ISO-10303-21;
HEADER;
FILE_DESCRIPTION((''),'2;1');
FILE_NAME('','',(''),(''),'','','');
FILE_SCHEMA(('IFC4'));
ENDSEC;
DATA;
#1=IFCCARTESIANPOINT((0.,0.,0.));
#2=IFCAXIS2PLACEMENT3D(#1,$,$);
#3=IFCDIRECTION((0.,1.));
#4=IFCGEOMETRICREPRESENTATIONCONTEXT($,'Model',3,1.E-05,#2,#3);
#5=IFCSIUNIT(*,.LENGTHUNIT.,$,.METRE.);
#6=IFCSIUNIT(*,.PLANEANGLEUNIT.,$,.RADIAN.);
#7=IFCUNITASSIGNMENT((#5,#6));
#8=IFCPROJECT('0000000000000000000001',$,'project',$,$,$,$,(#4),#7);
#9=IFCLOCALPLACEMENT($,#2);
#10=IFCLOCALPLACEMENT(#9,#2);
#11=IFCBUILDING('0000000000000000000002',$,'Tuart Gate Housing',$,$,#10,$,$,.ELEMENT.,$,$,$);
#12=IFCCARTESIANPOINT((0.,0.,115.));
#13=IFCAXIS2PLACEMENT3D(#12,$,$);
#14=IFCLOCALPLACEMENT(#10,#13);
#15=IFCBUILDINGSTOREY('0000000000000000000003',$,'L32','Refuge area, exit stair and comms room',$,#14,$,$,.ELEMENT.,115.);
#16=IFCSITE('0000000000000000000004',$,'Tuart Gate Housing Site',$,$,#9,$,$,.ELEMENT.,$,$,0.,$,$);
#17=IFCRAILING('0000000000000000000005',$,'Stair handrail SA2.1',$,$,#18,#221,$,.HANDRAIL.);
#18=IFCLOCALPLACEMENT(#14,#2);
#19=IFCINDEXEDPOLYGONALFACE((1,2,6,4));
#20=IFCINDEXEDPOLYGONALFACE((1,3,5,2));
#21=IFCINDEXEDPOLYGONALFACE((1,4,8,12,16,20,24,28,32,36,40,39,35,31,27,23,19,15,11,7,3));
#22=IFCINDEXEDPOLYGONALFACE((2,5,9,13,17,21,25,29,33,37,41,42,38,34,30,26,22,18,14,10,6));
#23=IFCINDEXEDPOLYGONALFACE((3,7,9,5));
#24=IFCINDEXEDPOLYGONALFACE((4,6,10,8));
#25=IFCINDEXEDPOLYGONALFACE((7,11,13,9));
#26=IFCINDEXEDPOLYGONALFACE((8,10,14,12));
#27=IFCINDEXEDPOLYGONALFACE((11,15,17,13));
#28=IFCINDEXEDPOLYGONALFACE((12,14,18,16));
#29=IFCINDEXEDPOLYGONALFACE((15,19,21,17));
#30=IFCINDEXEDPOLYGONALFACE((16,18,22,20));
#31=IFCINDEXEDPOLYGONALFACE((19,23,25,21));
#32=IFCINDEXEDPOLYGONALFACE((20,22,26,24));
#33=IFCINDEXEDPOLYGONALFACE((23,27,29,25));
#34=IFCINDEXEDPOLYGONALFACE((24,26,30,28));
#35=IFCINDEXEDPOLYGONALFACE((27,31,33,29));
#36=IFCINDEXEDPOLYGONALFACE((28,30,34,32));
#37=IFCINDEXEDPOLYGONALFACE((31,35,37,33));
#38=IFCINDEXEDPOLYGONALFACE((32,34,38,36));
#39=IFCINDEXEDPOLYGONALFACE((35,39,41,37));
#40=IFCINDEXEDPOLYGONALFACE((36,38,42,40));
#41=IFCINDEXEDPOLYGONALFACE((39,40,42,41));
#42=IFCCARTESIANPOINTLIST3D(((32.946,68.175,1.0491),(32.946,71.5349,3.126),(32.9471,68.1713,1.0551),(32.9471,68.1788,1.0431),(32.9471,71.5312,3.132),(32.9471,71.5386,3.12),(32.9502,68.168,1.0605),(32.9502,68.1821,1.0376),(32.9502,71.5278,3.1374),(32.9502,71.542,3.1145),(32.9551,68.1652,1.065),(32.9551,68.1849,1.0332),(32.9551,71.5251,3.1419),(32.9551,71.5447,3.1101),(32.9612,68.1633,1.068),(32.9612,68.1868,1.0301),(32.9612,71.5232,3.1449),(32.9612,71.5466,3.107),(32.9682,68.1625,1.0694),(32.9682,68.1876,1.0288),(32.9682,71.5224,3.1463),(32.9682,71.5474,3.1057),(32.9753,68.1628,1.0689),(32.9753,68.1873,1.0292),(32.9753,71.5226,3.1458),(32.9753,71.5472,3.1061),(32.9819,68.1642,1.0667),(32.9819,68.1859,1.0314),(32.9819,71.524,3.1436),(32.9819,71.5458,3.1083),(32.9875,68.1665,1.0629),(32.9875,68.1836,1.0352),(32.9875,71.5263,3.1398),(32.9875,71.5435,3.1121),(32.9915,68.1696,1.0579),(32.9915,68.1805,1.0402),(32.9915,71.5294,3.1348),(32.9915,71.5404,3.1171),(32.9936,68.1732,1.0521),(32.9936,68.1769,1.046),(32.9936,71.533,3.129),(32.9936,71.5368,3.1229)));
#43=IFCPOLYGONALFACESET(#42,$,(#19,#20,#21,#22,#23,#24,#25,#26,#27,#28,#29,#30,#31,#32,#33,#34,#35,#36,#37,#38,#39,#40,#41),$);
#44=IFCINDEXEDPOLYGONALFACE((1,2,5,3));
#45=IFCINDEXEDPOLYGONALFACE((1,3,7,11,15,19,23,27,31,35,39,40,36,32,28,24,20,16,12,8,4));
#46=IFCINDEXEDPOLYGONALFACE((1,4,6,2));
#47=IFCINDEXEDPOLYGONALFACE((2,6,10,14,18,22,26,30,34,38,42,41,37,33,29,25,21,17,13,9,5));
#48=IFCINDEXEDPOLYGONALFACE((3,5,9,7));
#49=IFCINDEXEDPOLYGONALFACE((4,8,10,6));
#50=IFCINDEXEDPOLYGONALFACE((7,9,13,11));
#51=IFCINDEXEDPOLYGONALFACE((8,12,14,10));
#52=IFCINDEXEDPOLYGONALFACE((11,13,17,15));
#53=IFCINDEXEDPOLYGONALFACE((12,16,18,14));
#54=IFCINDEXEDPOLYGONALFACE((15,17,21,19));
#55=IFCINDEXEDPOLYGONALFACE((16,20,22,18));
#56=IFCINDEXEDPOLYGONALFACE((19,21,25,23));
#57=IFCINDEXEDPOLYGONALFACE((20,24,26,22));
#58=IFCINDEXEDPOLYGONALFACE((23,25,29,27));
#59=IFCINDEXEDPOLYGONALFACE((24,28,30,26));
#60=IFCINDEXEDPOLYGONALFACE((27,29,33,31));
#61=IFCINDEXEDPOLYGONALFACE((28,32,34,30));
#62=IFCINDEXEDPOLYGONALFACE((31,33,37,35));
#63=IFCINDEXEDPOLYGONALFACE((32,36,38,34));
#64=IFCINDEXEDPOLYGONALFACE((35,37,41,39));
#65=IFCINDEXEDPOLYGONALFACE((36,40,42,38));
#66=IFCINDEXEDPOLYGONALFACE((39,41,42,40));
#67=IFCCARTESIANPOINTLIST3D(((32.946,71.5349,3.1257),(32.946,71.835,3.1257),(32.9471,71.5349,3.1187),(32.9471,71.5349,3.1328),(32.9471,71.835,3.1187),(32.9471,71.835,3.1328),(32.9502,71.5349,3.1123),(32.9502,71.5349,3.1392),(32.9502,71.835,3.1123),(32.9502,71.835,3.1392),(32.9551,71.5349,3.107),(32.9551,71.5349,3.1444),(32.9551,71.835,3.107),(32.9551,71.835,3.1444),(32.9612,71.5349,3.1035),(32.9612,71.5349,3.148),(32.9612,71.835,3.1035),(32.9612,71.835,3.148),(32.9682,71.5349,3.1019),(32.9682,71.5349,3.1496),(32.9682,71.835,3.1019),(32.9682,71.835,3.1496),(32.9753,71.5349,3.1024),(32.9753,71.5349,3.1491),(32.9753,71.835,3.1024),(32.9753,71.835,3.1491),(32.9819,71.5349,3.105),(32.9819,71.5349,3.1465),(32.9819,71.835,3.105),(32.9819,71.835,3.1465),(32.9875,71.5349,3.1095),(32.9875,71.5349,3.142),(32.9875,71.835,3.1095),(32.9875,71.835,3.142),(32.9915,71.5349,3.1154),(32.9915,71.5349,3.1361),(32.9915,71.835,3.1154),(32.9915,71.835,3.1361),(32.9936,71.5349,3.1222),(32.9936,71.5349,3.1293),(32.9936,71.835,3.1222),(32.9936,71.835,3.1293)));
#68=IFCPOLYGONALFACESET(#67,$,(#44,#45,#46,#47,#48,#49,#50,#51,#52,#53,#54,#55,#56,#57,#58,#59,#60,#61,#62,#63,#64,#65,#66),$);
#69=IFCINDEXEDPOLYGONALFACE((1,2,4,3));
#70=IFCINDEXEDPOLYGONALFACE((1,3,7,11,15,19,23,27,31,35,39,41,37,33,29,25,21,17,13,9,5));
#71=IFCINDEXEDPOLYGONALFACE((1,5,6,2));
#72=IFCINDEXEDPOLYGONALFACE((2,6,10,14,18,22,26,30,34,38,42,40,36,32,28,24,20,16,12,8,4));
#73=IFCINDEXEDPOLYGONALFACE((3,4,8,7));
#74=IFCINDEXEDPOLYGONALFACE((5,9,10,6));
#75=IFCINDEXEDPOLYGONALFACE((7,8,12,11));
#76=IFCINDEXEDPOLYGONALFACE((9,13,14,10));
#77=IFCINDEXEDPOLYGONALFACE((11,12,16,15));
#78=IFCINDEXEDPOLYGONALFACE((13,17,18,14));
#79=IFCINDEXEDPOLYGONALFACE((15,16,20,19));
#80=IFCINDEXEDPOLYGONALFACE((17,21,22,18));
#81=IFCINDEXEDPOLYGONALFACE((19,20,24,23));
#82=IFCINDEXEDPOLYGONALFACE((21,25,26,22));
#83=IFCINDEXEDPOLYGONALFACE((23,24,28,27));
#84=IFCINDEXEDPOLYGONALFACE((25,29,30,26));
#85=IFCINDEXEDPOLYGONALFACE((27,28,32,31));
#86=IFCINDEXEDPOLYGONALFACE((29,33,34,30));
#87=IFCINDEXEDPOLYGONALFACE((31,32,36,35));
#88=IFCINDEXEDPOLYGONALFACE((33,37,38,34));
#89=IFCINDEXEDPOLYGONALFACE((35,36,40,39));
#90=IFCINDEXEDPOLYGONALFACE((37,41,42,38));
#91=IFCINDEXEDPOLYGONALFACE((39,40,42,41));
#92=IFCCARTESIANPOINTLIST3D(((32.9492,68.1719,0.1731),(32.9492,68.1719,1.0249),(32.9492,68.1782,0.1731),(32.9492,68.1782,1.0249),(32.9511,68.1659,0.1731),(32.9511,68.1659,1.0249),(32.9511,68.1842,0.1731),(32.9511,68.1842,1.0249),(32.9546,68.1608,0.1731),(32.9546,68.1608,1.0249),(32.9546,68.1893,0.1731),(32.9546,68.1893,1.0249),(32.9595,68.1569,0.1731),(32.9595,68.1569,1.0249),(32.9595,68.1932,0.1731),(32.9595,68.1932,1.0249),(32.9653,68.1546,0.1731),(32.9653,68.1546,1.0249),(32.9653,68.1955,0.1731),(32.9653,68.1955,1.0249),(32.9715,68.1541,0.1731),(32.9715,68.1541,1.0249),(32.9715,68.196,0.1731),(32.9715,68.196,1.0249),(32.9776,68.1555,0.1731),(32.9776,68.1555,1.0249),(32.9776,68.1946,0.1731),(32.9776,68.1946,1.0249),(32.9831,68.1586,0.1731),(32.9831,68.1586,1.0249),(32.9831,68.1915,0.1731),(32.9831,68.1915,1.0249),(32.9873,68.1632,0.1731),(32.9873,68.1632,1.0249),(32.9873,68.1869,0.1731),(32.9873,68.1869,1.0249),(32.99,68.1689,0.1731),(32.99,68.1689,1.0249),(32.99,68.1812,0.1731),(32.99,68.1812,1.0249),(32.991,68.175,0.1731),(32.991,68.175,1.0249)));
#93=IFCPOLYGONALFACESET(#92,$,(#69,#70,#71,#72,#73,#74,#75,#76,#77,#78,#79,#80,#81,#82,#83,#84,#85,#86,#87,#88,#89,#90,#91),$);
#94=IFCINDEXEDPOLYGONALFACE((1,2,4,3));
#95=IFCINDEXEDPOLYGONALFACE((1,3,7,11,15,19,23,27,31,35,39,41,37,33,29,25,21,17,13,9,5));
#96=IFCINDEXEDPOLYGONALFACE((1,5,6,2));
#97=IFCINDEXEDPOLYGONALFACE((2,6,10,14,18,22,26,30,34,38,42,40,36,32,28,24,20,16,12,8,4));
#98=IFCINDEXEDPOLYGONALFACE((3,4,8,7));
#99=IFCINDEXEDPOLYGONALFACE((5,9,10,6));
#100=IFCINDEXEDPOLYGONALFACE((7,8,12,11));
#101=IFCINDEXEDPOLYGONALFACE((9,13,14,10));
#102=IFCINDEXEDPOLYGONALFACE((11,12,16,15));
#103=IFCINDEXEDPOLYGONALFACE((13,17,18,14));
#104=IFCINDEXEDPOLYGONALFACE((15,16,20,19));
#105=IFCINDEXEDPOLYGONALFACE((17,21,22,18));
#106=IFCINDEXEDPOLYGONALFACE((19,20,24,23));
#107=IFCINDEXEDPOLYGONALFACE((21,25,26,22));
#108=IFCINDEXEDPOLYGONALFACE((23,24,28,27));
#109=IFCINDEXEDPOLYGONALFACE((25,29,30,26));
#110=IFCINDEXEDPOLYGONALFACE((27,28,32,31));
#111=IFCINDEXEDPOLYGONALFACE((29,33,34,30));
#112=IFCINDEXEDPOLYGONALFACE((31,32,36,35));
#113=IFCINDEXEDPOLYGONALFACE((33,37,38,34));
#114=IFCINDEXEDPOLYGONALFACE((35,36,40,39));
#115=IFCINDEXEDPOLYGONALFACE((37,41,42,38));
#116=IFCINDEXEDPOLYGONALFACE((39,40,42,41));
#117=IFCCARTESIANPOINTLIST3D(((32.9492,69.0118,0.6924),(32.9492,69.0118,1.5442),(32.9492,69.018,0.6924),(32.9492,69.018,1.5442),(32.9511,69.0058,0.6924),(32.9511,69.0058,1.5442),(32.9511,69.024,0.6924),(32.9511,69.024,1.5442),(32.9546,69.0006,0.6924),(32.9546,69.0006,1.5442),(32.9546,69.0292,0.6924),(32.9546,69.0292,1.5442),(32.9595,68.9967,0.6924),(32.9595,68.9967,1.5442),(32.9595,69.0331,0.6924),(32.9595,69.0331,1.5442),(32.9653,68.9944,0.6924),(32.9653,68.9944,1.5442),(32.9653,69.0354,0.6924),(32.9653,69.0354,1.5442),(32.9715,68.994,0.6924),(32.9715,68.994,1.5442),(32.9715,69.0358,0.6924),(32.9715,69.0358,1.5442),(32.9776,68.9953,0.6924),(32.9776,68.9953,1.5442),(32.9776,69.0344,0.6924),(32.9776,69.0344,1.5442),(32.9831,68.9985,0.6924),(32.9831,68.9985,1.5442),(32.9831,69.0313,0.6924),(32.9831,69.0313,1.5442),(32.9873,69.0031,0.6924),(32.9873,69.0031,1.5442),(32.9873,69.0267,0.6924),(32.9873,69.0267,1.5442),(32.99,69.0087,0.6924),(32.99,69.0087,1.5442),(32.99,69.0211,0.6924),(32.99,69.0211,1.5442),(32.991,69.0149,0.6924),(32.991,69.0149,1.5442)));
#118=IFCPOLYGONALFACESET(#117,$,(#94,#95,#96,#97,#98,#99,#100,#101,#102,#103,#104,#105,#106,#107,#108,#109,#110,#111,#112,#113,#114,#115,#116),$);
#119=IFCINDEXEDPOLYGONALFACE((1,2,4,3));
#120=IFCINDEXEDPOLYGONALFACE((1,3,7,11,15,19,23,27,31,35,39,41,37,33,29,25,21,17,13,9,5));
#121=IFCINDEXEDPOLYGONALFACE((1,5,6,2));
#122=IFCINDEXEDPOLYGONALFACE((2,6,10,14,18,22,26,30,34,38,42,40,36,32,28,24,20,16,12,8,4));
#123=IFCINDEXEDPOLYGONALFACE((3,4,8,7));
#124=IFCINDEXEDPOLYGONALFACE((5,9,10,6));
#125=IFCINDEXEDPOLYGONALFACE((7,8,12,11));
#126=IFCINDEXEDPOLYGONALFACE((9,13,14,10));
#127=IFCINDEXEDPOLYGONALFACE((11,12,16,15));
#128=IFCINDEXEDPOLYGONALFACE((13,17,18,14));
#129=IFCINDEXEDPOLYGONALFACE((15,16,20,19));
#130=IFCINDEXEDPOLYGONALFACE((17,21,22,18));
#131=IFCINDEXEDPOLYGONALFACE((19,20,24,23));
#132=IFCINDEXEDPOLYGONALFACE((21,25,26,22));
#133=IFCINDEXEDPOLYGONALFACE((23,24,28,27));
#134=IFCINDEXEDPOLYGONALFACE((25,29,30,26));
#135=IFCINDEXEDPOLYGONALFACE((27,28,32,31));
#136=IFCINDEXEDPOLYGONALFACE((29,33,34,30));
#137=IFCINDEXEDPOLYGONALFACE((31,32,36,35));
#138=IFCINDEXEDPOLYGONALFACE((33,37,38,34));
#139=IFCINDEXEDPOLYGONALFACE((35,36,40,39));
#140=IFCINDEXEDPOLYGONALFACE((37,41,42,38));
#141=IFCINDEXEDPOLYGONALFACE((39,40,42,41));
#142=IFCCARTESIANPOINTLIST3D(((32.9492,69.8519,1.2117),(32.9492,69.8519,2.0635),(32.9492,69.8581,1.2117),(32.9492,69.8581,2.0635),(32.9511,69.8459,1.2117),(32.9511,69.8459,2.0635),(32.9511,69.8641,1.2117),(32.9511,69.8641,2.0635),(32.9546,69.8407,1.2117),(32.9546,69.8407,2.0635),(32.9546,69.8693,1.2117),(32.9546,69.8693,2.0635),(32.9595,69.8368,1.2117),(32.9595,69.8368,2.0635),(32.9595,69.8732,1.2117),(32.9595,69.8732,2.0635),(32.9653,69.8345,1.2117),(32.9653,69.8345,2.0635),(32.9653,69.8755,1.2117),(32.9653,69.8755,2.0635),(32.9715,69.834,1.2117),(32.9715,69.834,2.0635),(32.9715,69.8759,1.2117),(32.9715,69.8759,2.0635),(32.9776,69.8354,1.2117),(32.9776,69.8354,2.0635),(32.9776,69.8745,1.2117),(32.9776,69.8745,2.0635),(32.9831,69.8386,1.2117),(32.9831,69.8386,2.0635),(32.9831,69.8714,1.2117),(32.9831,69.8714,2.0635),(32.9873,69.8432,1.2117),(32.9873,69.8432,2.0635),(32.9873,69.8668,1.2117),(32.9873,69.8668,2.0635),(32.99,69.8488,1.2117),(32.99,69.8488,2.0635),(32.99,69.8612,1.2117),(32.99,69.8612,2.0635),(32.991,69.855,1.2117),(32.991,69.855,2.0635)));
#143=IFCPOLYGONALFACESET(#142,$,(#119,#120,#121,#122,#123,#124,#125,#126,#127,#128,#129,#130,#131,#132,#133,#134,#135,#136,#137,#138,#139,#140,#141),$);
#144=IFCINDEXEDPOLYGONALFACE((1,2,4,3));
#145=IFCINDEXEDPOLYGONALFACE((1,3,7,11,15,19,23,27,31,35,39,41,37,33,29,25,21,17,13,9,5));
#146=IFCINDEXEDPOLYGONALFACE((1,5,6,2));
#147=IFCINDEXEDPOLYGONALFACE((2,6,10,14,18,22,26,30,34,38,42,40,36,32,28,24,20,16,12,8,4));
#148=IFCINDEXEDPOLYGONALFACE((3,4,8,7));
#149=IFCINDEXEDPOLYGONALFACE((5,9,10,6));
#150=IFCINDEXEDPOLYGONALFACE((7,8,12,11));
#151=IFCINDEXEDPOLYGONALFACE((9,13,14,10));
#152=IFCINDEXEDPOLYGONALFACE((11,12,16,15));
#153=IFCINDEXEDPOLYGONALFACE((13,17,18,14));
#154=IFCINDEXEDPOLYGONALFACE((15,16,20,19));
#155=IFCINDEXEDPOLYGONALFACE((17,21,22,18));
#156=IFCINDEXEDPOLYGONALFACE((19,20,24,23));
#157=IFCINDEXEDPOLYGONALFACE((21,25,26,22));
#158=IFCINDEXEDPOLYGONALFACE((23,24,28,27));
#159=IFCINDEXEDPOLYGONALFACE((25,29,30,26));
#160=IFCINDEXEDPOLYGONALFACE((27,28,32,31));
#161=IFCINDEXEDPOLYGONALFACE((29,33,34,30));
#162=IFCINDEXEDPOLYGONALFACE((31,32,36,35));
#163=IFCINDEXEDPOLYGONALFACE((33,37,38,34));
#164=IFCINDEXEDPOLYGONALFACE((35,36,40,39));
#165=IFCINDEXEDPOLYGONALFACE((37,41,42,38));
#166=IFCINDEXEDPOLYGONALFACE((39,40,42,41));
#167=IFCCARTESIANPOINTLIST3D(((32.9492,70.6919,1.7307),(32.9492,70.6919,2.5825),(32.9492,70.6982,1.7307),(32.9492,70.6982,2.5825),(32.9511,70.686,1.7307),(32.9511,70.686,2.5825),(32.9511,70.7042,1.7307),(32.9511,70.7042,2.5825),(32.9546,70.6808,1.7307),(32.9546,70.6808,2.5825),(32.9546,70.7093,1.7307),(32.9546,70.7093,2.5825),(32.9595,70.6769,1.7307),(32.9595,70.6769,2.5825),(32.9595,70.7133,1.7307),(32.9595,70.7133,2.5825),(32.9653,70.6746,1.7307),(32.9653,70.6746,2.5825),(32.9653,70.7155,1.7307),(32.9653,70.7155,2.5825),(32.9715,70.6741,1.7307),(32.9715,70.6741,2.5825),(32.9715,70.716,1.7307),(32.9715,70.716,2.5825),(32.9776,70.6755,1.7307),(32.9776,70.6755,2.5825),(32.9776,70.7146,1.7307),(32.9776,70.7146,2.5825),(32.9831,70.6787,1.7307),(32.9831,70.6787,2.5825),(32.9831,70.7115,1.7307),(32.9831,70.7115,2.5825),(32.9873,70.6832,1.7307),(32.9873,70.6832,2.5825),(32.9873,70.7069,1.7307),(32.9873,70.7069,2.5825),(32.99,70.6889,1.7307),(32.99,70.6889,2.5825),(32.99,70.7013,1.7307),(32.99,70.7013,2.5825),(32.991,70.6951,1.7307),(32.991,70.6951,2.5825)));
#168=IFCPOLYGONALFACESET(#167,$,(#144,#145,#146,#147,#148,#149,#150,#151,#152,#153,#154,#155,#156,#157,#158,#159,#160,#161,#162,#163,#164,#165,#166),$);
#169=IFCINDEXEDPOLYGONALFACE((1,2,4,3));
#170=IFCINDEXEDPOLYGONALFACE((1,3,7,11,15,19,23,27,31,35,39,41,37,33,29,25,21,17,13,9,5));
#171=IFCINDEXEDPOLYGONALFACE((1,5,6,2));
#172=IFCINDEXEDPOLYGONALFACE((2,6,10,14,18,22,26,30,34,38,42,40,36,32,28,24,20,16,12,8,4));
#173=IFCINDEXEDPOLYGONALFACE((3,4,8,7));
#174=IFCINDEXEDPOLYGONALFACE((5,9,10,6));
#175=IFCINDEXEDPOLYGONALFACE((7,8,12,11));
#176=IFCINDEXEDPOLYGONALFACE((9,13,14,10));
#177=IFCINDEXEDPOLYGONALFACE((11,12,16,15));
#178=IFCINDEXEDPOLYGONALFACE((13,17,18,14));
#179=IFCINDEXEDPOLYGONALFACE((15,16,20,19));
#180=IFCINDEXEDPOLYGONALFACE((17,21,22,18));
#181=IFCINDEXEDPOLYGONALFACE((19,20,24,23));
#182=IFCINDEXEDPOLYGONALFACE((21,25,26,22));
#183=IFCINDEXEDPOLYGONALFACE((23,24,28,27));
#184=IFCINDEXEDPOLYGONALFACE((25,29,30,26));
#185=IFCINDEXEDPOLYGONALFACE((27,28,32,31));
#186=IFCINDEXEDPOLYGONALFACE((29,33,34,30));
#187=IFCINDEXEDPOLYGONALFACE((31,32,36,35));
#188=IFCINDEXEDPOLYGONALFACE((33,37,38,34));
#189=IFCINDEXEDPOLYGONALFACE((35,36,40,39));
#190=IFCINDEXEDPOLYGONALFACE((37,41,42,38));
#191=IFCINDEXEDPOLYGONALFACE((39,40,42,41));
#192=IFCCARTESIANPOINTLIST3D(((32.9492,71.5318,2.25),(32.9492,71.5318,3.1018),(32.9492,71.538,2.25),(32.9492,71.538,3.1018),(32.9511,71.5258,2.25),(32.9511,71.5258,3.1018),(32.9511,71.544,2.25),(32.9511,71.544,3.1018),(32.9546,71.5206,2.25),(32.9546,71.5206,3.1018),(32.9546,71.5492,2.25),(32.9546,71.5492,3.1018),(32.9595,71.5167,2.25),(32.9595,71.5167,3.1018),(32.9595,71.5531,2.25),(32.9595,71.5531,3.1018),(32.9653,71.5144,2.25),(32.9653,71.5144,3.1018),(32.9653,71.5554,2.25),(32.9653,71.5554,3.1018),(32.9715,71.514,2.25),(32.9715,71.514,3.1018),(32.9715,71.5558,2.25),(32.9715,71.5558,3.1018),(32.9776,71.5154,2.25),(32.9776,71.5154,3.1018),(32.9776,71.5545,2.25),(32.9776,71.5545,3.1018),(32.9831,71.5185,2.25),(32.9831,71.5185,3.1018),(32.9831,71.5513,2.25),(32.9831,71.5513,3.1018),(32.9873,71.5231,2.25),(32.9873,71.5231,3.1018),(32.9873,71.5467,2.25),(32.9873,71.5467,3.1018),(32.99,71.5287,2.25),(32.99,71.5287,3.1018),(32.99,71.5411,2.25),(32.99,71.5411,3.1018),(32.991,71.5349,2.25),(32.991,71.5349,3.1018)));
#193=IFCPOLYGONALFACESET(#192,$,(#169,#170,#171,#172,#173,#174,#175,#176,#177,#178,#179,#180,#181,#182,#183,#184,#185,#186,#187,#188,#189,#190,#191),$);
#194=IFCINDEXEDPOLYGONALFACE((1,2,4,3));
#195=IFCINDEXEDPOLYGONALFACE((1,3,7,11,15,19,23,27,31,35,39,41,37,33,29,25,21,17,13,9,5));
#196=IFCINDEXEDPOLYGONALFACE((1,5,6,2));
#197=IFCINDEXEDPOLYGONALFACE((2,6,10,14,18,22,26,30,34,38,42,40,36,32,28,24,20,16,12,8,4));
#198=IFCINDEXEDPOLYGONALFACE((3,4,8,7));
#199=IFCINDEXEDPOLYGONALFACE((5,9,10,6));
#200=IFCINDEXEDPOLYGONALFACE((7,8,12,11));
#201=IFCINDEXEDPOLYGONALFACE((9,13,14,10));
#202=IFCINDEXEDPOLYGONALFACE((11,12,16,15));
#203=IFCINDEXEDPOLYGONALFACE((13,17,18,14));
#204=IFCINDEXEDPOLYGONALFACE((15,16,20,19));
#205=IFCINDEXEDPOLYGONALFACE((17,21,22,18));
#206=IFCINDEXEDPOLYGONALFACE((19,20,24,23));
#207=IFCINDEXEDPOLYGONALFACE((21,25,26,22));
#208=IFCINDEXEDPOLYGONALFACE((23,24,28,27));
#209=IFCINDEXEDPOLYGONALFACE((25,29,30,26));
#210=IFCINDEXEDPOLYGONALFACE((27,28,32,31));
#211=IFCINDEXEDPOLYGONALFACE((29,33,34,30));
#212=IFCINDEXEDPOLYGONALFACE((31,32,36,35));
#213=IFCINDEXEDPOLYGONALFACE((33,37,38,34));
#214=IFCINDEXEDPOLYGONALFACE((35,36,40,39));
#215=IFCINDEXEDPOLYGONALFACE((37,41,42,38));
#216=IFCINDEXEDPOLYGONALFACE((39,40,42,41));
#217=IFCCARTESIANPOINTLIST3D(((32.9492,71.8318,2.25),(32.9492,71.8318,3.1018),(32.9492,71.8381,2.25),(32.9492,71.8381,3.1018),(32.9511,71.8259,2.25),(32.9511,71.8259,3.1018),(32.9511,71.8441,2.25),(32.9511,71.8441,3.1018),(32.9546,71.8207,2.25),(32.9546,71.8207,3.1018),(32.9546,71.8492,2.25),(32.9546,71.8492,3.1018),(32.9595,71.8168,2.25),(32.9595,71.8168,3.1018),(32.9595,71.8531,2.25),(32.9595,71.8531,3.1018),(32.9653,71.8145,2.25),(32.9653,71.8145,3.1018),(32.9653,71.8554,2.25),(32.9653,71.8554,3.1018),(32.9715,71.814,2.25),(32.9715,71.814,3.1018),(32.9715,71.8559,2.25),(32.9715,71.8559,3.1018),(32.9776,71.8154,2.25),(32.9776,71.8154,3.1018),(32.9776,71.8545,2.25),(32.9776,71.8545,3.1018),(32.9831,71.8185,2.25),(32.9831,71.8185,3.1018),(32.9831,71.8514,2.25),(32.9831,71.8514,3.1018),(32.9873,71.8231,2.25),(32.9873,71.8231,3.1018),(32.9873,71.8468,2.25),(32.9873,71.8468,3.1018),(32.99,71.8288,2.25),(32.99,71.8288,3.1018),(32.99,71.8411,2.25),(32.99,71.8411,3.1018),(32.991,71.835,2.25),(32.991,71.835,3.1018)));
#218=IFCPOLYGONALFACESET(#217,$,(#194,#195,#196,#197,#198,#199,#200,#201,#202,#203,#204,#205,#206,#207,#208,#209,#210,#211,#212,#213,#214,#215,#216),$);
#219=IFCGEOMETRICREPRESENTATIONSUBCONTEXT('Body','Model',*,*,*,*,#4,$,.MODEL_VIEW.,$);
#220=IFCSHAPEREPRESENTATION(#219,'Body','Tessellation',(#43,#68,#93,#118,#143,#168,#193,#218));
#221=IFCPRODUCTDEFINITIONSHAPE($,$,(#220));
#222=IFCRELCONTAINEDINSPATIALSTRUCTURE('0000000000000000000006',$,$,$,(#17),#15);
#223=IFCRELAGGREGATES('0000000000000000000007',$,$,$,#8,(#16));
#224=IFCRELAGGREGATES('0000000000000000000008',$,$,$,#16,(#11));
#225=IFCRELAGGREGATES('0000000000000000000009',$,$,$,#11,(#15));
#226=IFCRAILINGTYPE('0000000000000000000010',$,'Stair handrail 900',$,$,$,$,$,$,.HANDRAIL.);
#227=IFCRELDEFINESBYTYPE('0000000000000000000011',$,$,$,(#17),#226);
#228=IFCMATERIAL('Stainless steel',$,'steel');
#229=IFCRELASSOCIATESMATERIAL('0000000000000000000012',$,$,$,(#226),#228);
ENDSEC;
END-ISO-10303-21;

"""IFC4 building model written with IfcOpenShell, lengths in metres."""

from ifc_helpers import new_model, si_unit, direction, frame, origin, origin_2d, place, context, subcontext, project, spatial, circle, extrude, material, type_object, element, save


model = new_model("IFC4")

# Units and contexts
model_context = context("Model", 3, precision=1e-05, world=origin(), true_north=direction((0.0, 1.0)))
body_context = subcontext(model_context, "Body", "Model", "MODEL_VIEW")
ifc_project = project(units=[si_unit("LENGTHUNIT", "METRE"), si_unit("PLANEANGLEUNIT", "RADIAN")], contexts=[model_context])

# Site, building, storey
site_placement = place(None, origin())
site = spatial("IfcSite", under=ifc_project, at=site_placement, Name="Tuart Gate Housing Site", CompositionType="ELEMENT", RefElevation=0.0)
building_placement = place(site_placement, origin())
building = spatial("IfcBuilding", under=site, at=building_placement, Name="Tuart Gate Housing", CompositionType="ELEMENT")
storey_placement = place(building_placement, frame((0.0, 0.0, 115.0)))
storey = spatial("IfcBuildingStorey", under=building, at=storey_placement, Name="L32", Description="Refuge area, exit stair and comms room", CompositionType="ELEMENT", Elevation=115.0)

# Railing
ifc_material_1 = material(Name="Stainless steel", Category="steel")
railing_type = type_object("IfcRailingType", Name="Stair handrail 900", PredefinedType="HANDRAIL", material=ifc_material_1)
railing_placement = place(storey_placement, frame((32.97, 68.175, 0.1731)))
element("IfcRailing", 1, at=railing_placement, inside=storey, type_object=railing_type, Name="Stair handrail SA2.1", PredefinedType="HANDRAIL", context=body_context, shape_type="SweptSolid", body=[
    extrude(circle(Radius=0.0239, at=origin_2d()), frame((0.0, 0.0, 0.876), z_axis=(0.0, 0.850606, 0.525803), x_axis=(-1.0, 0.0, 0.0)), (0.0, 0.0, 1.0), 3.95),
    extrude(circle(Radius=0.0239, at=origin_2d()), frame((0.0, 3.3599, 2.9526), z_axis=(0.0, 1.0, 0.0), x_axis=(-1.0, 0.0, 0.0)), (0.0, 0.0, 1.0), 0.3),
    extrude(circle(Radius=0.021, at=origin_2d()), origin(), (0.0, 0.0, 1.0), 0.8518),
    extrude(circle(Radius=0.021, at=origin_2d()), frame((0.0, 0.8398, 0.5193)), (0.0, 0.0, 1.0), 0.8518),
    extrude(circle(Radius=0.021, at=origin_2d()), frame((0.0, 1.6799, 1.0386)), (0.0, 0.0, 1.0), 0.8518),
    extrude(circle(Radius=0.021, at=origin_2d()), frame((0.0, 2.52, 1.5576)), (0.0, 0.0, 1.0), 0.8518),
    extrude(circle(Radius=0.021, at=origin_2d()), frame((0.0, 3.3599, 2.0769)), (0.0, 0.0, 1.0), 0.8518),
    extrude(circle(Radius=0.021, at=origin_2d()), frame((0.0, 3.6599, 2.0769)), (0.0, 0.0, 1.0), 0.8518),
])

save(model, "model.ifc")
